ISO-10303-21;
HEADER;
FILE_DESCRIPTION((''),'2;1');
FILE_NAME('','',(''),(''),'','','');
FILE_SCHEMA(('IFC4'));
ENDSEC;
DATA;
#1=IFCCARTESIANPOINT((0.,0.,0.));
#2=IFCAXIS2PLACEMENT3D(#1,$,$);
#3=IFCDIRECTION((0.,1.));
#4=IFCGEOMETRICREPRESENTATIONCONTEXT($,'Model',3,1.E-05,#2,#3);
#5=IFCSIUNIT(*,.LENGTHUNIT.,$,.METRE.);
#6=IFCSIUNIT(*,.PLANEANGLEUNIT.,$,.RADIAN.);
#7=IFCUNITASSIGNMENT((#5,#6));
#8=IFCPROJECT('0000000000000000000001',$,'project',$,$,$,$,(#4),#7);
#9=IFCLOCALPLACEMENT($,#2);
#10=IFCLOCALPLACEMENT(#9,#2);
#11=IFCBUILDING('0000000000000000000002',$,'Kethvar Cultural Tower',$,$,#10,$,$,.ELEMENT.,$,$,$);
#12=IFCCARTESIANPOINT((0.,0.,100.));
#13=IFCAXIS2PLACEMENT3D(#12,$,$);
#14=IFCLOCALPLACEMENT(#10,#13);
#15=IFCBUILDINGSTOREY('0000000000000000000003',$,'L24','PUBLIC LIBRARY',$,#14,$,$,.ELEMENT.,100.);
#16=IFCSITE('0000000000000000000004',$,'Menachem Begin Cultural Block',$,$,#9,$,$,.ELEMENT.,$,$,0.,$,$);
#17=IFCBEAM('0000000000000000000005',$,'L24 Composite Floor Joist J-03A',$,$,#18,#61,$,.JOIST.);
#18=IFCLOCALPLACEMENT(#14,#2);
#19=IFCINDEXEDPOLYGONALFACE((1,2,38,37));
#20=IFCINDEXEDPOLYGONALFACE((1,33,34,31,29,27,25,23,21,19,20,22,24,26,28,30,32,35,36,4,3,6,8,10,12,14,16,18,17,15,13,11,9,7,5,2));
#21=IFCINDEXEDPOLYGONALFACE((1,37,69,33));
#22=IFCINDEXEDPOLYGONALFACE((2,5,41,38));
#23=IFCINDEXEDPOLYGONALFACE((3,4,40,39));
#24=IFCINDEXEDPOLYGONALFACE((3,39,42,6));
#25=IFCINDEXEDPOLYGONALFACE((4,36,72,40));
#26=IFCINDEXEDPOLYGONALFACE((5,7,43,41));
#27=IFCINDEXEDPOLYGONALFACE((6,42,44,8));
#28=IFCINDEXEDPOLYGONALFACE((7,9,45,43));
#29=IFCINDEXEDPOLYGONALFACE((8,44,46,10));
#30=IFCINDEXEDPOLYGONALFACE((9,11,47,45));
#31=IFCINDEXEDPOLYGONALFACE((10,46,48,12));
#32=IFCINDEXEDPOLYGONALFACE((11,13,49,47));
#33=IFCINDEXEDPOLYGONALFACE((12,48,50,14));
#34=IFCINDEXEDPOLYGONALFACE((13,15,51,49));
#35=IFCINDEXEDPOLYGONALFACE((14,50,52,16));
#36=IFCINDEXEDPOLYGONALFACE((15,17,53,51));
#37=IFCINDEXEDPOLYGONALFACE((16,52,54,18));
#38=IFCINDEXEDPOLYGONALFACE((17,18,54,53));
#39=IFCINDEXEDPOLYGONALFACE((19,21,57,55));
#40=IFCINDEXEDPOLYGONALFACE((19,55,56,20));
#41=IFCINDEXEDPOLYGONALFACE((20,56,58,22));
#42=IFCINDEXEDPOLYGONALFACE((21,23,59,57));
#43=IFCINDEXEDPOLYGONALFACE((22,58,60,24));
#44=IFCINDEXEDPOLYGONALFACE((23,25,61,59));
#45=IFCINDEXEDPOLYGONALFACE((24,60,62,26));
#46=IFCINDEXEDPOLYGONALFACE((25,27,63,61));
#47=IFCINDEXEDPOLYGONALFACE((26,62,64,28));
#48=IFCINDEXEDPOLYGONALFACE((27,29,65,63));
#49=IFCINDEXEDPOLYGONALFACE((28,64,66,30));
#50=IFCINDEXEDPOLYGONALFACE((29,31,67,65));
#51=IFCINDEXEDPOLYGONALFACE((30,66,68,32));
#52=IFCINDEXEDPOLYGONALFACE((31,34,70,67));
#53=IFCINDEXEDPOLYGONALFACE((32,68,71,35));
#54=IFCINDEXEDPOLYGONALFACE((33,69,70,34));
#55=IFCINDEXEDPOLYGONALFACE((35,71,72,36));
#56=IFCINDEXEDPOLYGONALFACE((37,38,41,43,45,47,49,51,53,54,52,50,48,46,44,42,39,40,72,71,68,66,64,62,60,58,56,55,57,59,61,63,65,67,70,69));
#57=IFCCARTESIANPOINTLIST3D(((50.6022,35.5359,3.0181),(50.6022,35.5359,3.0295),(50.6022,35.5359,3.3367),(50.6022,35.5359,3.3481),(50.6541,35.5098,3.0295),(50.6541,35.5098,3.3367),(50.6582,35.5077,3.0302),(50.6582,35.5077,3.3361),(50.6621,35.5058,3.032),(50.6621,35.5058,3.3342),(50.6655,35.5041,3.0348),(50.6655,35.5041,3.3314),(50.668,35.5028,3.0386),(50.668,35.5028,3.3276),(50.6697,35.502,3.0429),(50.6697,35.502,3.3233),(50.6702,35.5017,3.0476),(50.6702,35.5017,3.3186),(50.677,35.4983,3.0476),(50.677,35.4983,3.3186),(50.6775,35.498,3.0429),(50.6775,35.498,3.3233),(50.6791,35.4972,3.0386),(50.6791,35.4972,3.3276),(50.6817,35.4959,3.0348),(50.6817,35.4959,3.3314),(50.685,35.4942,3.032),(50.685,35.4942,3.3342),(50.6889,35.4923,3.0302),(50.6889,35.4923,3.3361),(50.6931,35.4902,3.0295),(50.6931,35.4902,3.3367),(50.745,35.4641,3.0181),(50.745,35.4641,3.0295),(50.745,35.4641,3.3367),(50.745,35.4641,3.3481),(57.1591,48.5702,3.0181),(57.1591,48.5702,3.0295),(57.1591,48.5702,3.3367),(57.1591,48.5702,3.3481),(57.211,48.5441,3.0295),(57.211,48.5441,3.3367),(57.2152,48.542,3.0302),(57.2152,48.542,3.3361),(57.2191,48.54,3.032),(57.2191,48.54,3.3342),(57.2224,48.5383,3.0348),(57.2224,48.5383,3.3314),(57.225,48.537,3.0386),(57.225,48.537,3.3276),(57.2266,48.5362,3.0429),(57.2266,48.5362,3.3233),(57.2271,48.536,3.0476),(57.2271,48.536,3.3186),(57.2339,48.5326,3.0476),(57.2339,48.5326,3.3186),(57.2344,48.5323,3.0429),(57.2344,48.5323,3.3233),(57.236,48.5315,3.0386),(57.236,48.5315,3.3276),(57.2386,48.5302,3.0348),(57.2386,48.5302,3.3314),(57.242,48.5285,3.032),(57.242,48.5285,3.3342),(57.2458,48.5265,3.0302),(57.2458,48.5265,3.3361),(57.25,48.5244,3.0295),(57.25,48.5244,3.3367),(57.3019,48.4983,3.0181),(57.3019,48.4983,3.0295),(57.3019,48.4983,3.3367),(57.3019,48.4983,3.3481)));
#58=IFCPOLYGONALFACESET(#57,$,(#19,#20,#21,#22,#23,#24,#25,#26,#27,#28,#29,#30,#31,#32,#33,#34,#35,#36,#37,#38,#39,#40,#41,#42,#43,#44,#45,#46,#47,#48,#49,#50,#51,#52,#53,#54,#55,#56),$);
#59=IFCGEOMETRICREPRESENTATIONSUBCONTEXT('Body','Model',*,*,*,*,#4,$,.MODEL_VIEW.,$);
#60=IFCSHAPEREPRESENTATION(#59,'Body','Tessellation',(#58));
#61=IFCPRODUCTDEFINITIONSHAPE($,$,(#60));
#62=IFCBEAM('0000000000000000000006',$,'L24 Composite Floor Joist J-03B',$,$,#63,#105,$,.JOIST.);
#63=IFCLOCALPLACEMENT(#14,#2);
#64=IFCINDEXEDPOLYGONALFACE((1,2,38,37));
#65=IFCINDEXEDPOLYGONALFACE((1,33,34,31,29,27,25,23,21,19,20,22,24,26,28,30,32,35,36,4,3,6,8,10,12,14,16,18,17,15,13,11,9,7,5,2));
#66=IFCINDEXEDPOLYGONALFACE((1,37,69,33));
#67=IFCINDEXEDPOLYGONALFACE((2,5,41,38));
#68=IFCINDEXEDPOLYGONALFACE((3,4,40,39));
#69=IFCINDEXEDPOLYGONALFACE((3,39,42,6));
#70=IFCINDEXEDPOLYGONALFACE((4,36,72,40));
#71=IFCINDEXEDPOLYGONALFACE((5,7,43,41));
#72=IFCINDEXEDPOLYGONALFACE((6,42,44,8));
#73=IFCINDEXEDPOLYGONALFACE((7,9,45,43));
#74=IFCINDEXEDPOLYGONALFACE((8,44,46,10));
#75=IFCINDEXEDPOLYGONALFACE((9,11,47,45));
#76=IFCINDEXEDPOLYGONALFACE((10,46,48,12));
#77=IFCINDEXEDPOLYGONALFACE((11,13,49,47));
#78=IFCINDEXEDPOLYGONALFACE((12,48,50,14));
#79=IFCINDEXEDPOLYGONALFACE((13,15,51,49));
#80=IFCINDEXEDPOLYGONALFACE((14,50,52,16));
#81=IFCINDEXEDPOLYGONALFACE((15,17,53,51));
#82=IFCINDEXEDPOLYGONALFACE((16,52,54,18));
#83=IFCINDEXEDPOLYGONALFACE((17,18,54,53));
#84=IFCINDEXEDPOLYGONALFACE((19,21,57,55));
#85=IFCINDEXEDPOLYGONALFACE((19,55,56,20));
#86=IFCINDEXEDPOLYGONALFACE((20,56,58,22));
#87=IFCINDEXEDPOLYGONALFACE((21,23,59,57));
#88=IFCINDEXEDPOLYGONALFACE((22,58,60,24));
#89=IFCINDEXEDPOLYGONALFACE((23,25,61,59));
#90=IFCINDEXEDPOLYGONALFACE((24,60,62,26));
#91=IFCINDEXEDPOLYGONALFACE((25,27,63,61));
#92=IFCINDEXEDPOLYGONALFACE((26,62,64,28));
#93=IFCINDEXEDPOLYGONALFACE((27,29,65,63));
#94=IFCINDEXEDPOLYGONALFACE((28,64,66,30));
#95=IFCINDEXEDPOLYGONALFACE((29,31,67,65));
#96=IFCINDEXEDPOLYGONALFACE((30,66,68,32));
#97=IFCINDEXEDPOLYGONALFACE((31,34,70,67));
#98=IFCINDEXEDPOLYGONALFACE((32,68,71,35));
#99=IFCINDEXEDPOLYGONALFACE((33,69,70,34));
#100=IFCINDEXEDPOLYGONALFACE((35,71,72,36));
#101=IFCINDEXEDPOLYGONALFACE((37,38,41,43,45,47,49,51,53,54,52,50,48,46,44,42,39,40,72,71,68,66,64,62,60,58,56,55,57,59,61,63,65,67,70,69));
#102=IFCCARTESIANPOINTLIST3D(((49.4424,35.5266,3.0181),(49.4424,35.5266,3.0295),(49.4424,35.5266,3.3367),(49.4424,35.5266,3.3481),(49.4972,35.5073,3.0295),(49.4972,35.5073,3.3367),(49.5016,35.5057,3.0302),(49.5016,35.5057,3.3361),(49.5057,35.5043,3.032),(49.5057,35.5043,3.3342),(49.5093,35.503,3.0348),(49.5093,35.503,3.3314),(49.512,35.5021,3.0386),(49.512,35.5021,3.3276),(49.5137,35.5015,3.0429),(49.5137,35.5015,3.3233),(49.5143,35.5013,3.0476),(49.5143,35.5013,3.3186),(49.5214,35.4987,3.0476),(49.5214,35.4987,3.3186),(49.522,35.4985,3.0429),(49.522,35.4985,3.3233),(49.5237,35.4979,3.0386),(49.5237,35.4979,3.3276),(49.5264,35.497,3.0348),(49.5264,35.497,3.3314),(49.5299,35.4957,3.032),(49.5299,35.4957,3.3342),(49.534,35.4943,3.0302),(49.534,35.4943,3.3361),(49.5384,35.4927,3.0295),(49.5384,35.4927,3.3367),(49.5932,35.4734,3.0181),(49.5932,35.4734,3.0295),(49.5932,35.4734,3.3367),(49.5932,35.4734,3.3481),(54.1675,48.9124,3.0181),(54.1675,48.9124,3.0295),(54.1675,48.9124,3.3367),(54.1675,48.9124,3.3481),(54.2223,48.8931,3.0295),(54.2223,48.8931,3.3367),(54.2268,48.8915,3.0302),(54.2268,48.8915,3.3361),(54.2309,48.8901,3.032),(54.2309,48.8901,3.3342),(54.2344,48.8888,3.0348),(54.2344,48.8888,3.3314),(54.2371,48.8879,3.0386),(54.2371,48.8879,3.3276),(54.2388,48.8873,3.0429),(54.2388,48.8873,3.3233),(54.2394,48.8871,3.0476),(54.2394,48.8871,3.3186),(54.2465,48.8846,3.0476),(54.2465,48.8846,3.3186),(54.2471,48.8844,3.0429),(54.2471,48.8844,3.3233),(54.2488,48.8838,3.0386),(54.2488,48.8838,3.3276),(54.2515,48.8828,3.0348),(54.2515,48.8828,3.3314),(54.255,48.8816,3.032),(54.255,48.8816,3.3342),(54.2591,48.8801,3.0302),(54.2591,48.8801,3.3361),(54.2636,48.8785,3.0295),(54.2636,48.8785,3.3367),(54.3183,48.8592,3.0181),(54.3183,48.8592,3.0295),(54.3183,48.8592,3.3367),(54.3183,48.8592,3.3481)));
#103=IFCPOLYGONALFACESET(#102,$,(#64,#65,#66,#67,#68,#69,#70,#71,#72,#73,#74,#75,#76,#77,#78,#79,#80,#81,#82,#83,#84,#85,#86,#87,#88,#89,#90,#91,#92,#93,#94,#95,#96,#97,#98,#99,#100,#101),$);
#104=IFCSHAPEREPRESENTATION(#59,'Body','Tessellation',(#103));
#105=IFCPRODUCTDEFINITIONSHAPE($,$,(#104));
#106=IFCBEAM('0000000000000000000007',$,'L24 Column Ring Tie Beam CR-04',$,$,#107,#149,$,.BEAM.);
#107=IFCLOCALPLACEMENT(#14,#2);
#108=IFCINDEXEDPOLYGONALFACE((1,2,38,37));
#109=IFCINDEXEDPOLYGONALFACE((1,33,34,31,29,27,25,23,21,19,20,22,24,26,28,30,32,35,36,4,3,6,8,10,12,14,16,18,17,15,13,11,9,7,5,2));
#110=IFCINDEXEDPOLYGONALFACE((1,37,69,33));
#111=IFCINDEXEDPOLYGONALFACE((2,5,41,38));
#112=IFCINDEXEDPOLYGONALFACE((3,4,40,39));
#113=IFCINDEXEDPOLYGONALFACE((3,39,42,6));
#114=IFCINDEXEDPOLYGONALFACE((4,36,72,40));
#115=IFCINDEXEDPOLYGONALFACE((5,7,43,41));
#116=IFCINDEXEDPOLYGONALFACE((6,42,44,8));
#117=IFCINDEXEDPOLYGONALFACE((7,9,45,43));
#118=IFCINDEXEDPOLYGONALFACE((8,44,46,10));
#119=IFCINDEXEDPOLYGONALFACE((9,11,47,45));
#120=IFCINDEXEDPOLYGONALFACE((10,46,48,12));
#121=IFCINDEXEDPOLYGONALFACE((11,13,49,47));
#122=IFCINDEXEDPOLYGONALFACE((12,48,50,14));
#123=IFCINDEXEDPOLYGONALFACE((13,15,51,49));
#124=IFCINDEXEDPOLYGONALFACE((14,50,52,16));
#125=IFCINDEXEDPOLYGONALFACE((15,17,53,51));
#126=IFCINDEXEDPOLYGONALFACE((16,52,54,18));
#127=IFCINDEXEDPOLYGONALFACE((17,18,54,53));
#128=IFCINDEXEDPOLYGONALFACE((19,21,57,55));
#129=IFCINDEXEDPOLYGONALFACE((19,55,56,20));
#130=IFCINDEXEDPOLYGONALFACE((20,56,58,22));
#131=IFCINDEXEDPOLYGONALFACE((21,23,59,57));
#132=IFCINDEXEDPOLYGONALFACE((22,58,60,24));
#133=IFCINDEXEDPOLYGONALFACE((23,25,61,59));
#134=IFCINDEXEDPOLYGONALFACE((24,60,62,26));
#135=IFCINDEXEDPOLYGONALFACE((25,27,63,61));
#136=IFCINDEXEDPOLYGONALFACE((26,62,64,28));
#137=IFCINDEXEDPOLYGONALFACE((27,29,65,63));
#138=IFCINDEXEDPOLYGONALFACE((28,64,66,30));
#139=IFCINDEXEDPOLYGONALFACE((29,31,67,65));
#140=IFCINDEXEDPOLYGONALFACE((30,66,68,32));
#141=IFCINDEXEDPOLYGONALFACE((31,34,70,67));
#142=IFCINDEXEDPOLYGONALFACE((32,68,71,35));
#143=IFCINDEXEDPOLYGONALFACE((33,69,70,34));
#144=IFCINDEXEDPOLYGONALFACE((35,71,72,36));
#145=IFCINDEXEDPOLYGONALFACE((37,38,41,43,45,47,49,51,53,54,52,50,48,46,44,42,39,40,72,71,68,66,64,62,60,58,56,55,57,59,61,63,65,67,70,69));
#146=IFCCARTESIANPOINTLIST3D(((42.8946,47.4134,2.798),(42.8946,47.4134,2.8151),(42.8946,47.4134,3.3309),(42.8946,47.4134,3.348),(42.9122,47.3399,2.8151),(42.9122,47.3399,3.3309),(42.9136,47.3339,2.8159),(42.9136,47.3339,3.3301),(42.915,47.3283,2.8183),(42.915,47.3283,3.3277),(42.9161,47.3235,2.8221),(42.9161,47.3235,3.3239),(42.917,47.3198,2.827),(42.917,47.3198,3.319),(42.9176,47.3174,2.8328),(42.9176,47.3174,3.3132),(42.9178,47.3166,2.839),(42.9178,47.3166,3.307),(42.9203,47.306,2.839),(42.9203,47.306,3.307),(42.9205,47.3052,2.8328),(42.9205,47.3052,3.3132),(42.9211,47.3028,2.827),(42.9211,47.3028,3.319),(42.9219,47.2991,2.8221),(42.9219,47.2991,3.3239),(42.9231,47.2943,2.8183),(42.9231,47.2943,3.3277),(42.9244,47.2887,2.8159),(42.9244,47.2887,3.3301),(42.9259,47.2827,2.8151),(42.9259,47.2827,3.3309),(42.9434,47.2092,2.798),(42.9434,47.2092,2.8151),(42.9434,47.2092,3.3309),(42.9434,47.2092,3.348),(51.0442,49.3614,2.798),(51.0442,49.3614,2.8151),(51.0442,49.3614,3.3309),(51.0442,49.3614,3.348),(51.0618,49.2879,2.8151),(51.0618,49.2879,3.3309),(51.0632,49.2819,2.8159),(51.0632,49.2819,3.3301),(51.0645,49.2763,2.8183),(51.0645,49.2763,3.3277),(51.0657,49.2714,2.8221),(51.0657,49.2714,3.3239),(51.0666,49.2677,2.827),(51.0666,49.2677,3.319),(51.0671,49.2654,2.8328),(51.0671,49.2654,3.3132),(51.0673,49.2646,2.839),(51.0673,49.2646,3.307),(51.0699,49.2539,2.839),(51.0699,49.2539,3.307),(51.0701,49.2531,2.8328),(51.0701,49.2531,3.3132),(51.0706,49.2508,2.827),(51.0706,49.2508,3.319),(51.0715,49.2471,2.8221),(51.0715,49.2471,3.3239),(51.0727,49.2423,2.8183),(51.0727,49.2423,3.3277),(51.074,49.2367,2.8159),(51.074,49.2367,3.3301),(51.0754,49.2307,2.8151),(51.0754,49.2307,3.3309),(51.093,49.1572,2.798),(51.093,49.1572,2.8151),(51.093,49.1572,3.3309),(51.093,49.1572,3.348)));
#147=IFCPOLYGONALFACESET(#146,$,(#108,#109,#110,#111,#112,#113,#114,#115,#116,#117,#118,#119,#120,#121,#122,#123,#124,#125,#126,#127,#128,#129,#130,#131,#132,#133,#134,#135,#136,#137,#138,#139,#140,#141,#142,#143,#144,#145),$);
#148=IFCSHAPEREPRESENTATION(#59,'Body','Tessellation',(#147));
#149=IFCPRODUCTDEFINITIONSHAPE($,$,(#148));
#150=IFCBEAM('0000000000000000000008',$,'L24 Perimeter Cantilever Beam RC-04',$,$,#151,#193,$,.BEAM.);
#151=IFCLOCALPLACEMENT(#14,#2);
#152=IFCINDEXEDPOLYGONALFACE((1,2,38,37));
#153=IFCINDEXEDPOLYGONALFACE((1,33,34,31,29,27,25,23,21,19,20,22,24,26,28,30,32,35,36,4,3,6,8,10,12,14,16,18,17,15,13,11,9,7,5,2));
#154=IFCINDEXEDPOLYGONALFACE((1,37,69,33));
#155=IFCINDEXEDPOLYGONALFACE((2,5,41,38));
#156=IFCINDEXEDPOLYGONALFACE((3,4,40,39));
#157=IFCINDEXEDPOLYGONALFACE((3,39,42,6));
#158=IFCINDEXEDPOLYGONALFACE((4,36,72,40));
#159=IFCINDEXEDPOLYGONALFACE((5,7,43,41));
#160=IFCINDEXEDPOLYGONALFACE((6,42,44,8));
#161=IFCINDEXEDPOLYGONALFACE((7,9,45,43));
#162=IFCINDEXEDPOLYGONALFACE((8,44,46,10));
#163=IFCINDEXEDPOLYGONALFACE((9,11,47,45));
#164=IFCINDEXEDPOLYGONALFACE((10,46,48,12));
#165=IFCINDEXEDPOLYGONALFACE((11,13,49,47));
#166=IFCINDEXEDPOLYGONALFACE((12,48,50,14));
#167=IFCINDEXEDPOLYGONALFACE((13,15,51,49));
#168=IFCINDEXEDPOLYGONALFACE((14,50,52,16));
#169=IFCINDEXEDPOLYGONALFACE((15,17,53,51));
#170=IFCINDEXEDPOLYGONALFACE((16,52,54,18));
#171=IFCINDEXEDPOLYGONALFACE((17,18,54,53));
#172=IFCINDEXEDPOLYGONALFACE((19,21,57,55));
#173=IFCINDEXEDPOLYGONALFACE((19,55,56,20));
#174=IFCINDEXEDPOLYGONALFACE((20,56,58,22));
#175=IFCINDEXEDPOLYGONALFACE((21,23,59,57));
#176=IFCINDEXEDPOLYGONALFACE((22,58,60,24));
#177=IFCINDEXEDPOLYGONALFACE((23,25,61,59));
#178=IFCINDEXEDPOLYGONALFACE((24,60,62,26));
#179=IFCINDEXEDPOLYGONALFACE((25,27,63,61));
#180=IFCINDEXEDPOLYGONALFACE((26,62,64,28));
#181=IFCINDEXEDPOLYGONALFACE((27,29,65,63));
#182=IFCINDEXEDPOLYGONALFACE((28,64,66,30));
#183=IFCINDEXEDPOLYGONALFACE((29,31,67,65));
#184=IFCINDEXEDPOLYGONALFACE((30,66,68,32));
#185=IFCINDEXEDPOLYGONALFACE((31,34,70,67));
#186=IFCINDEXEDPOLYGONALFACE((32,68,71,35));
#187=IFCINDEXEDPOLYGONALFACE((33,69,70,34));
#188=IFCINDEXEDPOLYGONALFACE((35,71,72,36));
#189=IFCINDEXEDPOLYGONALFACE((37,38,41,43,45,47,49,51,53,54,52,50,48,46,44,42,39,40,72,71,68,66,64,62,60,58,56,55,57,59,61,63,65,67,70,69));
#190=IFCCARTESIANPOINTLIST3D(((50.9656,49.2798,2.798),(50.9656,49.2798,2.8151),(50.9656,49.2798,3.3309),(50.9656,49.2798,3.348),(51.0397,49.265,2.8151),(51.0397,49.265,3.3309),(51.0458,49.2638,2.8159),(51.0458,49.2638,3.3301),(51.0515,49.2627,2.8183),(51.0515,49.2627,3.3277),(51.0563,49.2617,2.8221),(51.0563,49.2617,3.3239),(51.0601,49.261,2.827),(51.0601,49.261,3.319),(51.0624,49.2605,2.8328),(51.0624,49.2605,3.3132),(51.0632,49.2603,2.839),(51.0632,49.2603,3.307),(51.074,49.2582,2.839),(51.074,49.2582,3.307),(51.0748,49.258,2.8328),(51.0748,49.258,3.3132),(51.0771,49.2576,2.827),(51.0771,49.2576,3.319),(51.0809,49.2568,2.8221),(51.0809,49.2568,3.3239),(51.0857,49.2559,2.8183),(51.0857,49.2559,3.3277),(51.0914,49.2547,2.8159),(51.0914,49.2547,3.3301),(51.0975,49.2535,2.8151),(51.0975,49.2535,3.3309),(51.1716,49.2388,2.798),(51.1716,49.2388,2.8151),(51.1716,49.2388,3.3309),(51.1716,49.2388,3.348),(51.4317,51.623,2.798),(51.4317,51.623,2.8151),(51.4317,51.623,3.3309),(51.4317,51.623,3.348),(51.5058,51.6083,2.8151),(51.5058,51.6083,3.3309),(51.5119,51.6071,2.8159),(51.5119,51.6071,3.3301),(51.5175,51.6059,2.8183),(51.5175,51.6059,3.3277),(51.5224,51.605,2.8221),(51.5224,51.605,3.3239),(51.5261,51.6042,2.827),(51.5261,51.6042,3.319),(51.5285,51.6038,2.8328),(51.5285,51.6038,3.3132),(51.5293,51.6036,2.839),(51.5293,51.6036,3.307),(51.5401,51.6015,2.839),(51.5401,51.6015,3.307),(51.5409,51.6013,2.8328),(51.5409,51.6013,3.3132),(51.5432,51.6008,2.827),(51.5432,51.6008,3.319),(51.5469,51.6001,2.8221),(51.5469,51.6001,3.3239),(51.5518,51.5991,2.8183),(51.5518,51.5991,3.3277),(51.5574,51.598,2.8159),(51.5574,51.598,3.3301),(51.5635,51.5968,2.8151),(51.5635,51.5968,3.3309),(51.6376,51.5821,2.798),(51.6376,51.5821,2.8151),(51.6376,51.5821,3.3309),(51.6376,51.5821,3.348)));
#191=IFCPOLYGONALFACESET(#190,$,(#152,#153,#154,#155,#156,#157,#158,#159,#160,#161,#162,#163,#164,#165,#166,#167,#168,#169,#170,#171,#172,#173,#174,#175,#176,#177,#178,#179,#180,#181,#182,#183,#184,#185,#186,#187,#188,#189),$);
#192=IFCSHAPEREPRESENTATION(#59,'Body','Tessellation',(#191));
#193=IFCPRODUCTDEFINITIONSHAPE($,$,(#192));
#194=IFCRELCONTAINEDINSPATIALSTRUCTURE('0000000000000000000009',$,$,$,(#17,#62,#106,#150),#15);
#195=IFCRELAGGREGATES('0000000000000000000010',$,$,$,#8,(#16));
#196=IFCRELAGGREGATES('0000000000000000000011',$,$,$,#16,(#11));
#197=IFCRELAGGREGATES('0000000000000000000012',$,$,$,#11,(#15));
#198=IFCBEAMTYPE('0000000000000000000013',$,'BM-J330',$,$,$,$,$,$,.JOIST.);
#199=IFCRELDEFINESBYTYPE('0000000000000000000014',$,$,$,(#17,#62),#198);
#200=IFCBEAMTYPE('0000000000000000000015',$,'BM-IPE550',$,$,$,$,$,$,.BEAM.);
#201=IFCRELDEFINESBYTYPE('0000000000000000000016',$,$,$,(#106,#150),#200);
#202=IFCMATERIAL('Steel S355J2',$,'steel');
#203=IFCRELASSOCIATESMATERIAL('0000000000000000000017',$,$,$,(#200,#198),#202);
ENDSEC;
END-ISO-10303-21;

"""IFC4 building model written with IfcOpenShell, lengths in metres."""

from ifc_helpers import new_model, si_unit, direction, frame, origin, origin_2d, place, context, subcontext, project, spatial, i_section, extrude, source, transform, mapped, material, material_profile, profile_set, type_object, element, save


model = new_model("IFC4")

# Units and contexts
model_context = context("Model", 3, precision=1e-05, world=origin(), true_north=direction((0.0, 1.0)))
body_context = subcontext(model_context, "Body", "Model", "MODEL_VIEW")
ifc_project = project(units=[si_unit("LENGTHUNIT", "METRE"), si_unit("PLANEANGLEUNIT", "RADIAN")], contexts=[model_context])

# Site, building, storey
site_placement = place(None, origin())
site = spatial("IfcSite", under=ifc_project, at=site_placement, Name="Menachem Begin Cultural Block", CompositionType="ELEMENT", RefElevation=0.0)
building_placement = place(site_placement, origin())
building = spatial("IfcBuilding", under=site, at=building_placement, Name="Kethvar Cultural Tower", CompositionType="ELEMENT")
storey_placement = place(building_placement, frame((0.0, 0.0, 100.0)))
storey = spatial("IfcBuildingStorey", under=building, at=storey_placement, Name="L24", Description="PUBLIC LIBRARY", CompositionType="ELEMENT", Elevation=100.0)

# Beams
ifc_material_1 = material(Name="Steel S355J2", Category="steel")
ifc_material_profile_1 = material_profile(ifc_material_1, i_section(OverallWidth=0.21, OverallDepth=0.55, WebThickness=0.011, FlangeThickness=0.0171, FilletRadius=0.0239, at=origin_2d()), Name="Steel S355J2 — IPE550")
ifc_profile_set_1 = profile_set([ifc_material_profile_1], Name="Steel S355J2 — IPE550")
beam_type_1 = type_object("IfcBeamType", Name="BM-IPE550", PredefinedType="BEAM", material=ifc_profile_set_1)
ifc_material_profile_2 = material_profile(ifc_material_1, i_section(OverallWidth=0.1599, OverallDepth=0.3301, WebThickness=0.0076, FlangeThickness=0.0115, FilletRadius=0.0181, at=origin_2d()), Name="Steel S355J2 — IPE330")
ifc_profile_set_2 = profile_set([ifc_material_profile_2], Name="Steel S355J2 — IPE330")
beam_type_2 = type_object("IfcBeamType", Name="BM-J330", PredefinedType="JOIST", material=ifc_profile_set_2)
shared_shape_1 = source(origin(), body_context, "Body", "SweptSolid", [
    extrude(i_section(OverallWidth=0.1599, OverallDepth=0.3301, WebThickness=0.0076, FlangeThickness=0.0115, FilletRadius=0.0181, at=origin_2d()), origin(), (0.0, 0.0, 1.0), 14.5906),
])
beam_1_placement = place(storey_placement, frame((50.6736, 35.5, 3.1831), z_axis=(0.449394, 0.893334, 0.0), x_axis=(-0.893334, 0.449394, 0.0)))
element("IfcBeam", 1, at=beam_1_placement, inside=storey, type_object=beam_type_2, Name="L24 Composite Floor Joist J-03A", PredefinedType="JOIST", context=body_context, shape_type="MappedRepresentation", body=[
    mapped(shared_shape_1, transform((0.0, 0.0, 0.0), scale=1.0)),
])
shared_shape_2 = source(origin(), body_context, "Body", "SweptSolid", [
    extrude(i_section(OverallWidth=0.1599, OverallDepth=0.3301, WebThickness=0.0076, FlangeThickness=0.0115, FilletRadius=0.0181, at=origin_2d()), origin(), (0.0, 0.0, 1.0), 14.1953),
])
beam_2_placement = place(storey_placement, frame((49.5178, 35.5, 3.1831), z_axis=(0.332865, 0.942974, 0.0), x_axis=(-0.942974, 0.332865, 0.0)))
element("IfcBeam", 2, at=beam_2_placement, inside=storey, type_object=beam_type_2, Name="L24 Composite Floor Joist J-03B", PredefinedType="JOIST", context=body_context, shape_type="MappedRepresentation", body=[
    mapped(shared_shape_2, transform((0.0, 0.0, 0.0), scale=1.0)),
])
shared_shape_3 = source(origin(), body_context, "Body", "SweptSolid", [
    extrude(i_section(OverallWidth=0.21, OverallDepth=0.55, WebThickness=0.011, FlangeThickness=0.0171, FilletRadius=0.0239, at=origin_2d()), origin(), (0.0, 0.0, 1.0), 8.3792),
])
beam_3_placement = place(storey_placement, frame((51.0686, 49.2593, 3.073), z_axis=(-0.972601, -0.232479, 0.0), x_axis=(0.232479, -0.972601, 0.0)))
element("IfcBeam", 3, at=beam_3_placement, inside=storey, type_object=beam_type_1, Name="L24 Column Ring Tie Beam CR-04", PredefinedType="BEAM", context=body_context, shape_type="MappedRepresentation", body=[
    mapped(shared_shape_3, transform((0.0, 0.0, 0.0), scale=1.0)),
])
shared_shape_4 = source(origin(), body_context, "Body", "SweptSolid", [
    extrude(i_section(OverallWidth=0.21, OverallDepth=0.55, WebThickness=0.011, FlangeThickness=0.0171, FilletRadius=0.0239, at=origin_2d()), origin(), (0.0, 0.0, 1.0), 2.3892),
])
beam_4_placement = place(storey_placement, frame((51.0686, 49.2593, 3.073), z_axis=(0.195075, 0.980788, 0.0), x_axis=(-0.980788, 0.195075, 0.0)))
element("IfcBeam", 4, at=beam_4_placement, inside=storey, type_object=beam_type_1, Name="L24 Perimeter Cantilever Beam RC-04", PredefinedType="BEAM", context=body_context, shape_type="MappedRepresentation", body=[
    mapped(shared_shape_4, transform((0.0, 0.0, 0.0), scale=1.0)),
])

save(model, "model.ifc")
